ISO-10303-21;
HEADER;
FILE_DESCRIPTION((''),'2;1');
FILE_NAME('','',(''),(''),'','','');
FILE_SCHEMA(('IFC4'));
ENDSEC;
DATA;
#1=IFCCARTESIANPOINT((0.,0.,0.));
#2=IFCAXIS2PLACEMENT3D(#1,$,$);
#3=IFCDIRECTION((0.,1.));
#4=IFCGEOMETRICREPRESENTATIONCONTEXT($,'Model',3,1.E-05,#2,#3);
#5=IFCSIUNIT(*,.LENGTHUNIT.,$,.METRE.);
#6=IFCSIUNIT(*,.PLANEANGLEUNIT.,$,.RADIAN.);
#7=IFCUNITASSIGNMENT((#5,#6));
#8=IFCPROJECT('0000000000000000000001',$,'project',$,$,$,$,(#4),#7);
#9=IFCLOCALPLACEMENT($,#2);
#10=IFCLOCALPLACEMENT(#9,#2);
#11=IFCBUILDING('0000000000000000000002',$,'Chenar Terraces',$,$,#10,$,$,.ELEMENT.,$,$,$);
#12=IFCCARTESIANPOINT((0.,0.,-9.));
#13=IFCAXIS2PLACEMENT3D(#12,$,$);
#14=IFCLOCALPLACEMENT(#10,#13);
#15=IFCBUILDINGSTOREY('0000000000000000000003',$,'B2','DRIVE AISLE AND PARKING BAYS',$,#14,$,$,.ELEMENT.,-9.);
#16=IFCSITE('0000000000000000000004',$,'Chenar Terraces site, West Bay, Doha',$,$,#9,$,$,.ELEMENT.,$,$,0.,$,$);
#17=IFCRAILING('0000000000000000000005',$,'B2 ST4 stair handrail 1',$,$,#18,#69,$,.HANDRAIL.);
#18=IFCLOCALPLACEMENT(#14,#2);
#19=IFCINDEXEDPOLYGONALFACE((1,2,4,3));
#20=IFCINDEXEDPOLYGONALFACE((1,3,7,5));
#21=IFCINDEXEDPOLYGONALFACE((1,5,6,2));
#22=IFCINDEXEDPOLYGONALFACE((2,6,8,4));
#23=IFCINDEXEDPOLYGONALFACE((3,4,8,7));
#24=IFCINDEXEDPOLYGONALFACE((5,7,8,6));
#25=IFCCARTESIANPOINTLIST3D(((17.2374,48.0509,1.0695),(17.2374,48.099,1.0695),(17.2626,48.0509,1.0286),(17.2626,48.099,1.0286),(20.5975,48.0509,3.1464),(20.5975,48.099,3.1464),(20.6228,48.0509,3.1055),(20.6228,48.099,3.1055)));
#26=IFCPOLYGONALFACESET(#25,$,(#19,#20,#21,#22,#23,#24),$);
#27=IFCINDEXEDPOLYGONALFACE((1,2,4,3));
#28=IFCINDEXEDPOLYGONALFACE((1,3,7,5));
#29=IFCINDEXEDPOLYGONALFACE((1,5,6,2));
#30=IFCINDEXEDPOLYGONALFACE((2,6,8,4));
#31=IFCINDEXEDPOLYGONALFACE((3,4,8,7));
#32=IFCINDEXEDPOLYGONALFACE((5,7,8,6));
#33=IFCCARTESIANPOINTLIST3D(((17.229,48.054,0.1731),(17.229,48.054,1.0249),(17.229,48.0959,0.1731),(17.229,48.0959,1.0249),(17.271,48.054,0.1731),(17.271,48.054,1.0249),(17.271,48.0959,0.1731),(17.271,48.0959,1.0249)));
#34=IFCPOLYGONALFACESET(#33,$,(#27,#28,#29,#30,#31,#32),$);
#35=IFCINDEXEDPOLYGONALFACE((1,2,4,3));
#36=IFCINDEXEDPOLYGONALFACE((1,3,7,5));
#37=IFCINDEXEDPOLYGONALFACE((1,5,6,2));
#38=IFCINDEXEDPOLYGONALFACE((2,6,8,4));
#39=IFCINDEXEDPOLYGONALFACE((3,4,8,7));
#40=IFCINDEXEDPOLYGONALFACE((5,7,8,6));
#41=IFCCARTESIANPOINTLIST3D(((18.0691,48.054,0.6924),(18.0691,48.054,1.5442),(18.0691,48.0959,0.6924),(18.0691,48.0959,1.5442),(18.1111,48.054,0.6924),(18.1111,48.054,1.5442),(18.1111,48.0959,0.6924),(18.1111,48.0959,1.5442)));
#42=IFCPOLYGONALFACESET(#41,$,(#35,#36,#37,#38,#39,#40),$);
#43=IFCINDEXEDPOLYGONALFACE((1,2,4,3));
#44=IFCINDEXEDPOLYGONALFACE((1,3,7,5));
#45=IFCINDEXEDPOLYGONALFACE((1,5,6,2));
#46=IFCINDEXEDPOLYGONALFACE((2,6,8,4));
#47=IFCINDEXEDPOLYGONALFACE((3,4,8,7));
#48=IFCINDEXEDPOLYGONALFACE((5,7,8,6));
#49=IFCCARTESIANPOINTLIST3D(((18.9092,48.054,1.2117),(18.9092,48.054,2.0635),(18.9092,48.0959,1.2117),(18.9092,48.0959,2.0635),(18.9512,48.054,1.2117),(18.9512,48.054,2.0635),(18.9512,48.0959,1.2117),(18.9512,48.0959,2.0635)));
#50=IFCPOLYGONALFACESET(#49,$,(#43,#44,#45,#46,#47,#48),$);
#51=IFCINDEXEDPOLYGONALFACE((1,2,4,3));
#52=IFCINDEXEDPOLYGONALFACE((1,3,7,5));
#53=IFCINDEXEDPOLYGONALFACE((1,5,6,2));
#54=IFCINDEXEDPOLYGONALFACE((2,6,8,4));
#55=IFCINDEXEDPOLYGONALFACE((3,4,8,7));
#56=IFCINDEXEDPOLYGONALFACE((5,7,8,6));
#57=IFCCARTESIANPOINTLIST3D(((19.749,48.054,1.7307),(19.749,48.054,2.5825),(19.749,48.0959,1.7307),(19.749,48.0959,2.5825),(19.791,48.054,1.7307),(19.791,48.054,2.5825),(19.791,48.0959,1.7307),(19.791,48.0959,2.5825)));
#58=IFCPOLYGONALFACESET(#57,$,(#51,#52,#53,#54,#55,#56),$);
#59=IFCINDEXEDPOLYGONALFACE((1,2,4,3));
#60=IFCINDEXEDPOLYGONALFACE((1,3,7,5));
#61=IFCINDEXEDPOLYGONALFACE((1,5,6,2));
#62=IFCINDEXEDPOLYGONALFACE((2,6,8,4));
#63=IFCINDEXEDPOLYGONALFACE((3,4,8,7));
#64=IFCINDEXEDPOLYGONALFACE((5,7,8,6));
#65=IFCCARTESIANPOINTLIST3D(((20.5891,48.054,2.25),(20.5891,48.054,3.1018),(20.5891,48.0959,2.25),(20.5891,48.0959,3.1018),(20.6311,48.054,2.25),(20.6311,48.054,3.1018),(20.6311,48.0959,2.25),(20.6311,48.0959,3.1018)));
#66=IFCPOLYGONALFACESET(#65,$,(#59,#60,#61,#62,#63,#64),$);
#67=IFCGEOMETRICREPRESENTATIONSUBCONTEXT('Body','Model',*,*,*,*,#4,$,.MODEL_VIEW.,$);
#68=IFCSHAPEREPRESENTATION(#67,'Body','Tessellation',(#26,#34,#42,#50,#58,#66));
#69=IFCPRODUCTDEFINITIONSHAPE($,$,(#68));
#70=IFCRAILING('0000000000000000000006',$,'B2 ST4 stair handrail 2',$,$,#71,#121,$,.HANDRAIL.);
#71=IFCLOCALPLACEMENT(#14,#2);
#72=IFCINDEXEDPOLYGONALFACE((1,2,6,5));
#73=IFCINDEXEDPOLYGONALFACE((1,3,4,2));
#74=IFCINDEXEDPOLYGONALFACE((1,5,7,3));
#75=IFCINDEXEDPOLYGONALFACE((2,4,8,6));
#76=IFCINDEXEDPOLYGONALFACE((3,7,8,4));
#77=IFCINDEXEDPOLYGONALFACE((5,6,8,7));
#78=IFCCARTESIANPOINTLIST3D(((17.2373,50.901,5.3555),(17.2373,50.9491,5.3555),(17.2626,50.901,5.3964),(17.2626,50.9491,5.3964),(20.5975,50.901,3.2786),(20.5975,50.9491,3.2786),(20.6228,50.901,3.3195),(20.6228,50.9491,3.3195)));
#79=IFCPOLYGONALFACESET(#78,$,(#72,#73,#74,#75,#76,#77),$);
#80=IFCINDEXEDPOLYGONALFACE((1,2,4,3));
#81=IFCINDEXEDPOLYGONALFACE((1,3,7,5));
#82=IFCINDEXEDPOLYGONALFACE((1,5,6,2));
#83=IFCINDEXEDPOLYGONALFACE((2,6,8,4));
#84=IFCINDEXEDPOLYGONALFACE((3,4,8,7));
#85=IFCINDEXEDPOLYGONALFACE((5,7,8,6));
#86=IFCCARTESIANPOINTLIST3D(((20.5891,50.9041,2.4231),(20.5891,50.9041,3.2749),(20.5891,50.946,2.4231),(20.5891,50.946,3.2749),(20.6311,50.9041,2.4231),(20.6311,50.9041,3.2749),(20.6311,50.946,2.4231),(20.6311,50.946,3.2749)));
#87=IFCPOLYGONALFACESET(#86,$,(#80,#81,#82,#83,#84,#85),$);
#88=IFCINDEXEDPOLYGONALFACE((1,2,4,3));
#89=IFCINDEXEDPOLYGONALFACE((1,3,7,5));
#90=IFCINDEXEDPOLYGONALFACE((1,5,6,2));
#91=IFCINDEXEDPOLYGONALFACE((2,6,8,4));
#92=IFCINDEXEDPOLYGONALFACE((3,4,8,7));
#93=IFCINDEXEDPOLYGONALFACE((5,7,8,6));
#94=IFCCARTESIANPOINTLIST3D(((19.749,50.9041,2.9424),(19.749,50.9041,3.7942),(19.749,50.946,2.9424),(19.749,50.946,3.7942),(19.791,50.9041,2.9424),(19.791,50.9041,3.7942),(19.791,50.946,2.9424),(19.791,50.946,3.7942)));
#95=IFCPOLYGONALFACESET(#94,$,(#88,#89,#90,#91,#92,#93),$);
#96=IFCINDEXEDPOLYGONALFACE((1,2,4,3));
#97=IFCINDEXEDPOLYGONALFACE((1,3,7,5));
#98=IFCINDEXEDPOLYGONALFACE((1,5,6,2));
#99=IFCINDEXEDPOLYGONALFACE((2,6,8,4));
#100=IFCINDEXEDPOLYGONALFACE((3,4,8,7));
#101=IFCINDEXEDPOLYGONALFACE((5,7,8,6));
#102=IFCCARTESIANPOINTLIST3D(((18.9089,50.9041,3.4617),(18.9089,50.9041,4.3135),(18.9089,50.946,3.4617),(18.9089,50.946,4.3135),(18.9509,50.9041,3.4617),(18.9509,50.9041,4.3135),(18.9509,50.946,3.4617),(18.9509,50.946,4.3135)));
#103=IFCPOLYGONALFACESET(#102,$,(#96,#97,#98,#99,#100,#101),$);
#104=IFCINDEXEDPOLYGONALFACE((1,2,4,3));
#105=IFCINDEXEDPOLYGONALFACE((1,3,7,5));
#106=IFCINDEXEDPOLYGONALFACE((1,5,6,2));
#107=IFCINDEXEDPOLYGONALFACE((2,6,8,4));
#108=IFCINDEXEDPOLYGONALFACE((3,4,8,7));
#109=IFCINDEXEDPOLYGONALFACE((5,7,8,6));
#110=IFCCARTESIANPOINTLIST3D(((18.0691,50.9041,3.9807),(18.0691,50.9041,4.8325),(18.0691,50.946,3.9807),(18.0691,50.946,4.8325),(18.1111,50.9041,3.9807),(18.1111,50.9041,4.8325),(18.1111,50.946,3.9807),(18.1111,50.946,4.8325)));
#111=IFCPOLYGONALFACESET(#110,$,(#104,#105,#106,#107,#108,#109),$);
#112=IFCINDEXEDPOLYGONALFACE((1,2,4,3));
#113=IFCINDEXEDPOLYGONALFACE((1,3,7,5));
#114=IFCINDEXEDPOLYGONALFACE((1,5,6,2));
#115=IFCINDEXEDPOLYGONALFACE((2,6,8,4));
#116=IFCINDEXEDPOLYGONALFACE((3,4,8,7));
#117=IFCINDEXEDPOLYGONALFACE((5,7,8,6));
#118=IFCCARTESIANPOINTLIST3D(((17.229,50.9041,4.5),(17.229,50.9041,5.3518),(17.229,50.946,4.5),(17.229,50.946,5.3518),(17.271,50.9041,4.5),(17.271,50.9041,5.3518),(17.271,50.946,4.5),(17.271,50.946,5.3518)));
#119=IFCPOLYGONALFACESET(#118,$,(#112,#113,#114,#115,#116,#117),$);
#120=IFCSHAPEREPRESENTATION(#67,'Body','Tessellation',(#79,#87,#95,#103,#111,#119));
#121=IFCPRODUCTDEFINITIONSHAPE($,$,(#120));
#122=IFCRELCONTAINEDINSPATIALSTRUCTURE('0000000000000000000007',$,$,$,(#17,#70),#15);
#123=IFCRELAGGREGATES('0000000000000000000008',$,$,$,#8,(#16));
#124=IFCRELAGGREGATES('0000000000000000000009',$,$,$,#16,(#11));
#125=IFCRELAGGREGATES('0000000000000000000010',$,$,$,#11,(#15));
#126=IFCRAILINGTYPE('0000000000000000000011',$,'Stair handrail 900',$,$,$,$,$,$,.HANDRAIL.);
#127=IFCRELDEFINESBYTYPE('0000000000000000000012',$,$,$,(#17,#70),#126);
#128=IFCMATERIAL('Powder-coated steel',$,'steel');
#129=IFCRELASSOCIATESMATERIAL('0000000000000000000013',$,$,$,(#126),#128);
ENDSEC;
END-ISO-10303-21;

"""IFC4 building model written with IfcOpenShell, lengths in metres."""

from ifc_helpers import new_model, si_unit, direction, frame, origin, origin_2d, place, context, subcontext, project, spatial, rectangle, extrude, material, type_object, element, save


model = new_model("IFC4")

# Units and contexts
model_context = context("Model", 3, precision=1e-05, world=origin(), true_north=direction((0.0, 1.0)))
body_context = subcontext(model_context, "Body", "Model", "MODEL_VIEW")
ifc_project = project(units=[si_unit("LENGTHUNIT", "METRE"), si_unit("PLANEANGLEUNIT", "RADIAN")], contexts=[model_context])

# Site, building, storey
site_placement = place(None, origin())
site = spatial("IfcSite", under=ifc_project, at=site_placement, Name="Chenar Terraces site, West Bay, Doha", CompositionType="ELEMENT", RefElevation=0.0)
building_placement = place(site_placement, origin())
building = spatial("IfcBuilding", under=site, at=building_placement, Name="Chenar Terraces", CompositionType="ELEMENT")
storey_placement = place(building_placement, frame((0.0, 0.0, -9.0)))
storey = spatial("IfcBuildingStorey", under=building, at=storey_placement, Name="B2", Description="DRIVE AISLE AND PARKING BAYS", CompositionType="ELEMENT", Elevation=-9.0)

# Railings
ifc_material_1 = material(Name="Powder-coated steel", Category="steel")
railing_type_1 = type_object("IfcRailingType", Name="Stair handrail 900", PredefinedType="HANDRAIL", material=ifc_material_1)
railing_1_placement = place(storey_placement, frame((17.25, 48.075, 0.1731)))
element("IfcRailing", 1, at=railing_1_placement, inside=storey, type_object=railing_type_1, Name="B2 ST4 stair handrail 1", PredefinedType="HANDRAIL", context=body_context, shape_type="SweptSolid", body=[
    extrude(rectangle(XDim=0.0481, YDim=0.0481, at=origin_2d()), frame((0.0, 0.0, 0.876), z_axis=(0.850623, 0.0, 0.525776), x_axis=(0.0, 1.0, 0.0)), (0.0, 0.0, 1.0), 3.9502),
    extrude(rectangle(XDim=0.042, YDim=0.042, at=origin_2d()), origin(), (0.0, 0.0, 1.0), 0.8518),
    extrude(rectangle(XDim=0.042, YDim=0.042, at=origin_2d()), frame((0.8401, 0.0, 0.5193)), (0.0, 0.0, 1.0), 0.8518),
    extrude(rectangle(XDim=0.042, YDim=0.042, at=origin_2d()), frame((1.6802, 0.0, 1.0386)), (0.0, 0.0, 1.0), 0.8518),
    extrude(rectangle(XDim=0.042, YDim=0.042, at=origin_2d()), frame((2.52, 0.0, 1.5576)), (0.0, 0.0, 1.0), 0.8518),
    extrude(rectangle(XDim=0.042, YDim=0.042, at=origin_2d()), frame((3.3601, 0.0, 2.0769)), (0.0, 0.0, 1.0), 0.8518),
])
railing_2_placement = place(storey_placement, frame((20.6101, 50.925, 2.4231)))
element("IfcRailing", 2, at=railing_2_placement, inside=storey, type_object=railing_type_1, Name="B2 ST4 stair handrail 2", PredefinedType="HANDRAIL", context=body_context, shape_type="SweptSolid", body=[
    extrude(rectangle(XDim=0.0481, YDim=0.0481, at=origin_2d()), frame((0.0, 0.0, 0.876), z_axis=(-0.850623, 0.0, 0.525776), x_axis=(0.0, -1.0, 0.0)), (0.0, 0.0, 1.0), 3.9502),
    extrude(rectangle(XDim=0.042, YDim=0.042, at=origin_2d()), origin(), (0.0, 0.0, 1.0), 0.8518),
    extrude(rectangle(XDim=0.042, YDim=0.042, at=origin_2d()), frame((-0.8401, 0.0, 0.5193)), (0.0, 0.0, 1.0), 0.8518),
    extrude(rectangle(XDim=0.042, YDim=0.042, at=origin_2d()), frame((-1.6802, 0.0, 1.0386)), (0.0, 0.0, 1.0), 0.8518),
    extrude(rectangle(XDim=0.042, YDim=0.042, at=origin_2d()), frame((-2.52, 0.0, 1.5576)), (0.0, 0.0, 1.0), 0.8518),
    extrude(rectangle(XDim=0.042, YDim=0.042, at=origin_2d()), frame((-3.3601, 0.0, 2.0769)), (0.0, 0.0, 1.0), 0.8518),
])

save(model, "model.ifc")
